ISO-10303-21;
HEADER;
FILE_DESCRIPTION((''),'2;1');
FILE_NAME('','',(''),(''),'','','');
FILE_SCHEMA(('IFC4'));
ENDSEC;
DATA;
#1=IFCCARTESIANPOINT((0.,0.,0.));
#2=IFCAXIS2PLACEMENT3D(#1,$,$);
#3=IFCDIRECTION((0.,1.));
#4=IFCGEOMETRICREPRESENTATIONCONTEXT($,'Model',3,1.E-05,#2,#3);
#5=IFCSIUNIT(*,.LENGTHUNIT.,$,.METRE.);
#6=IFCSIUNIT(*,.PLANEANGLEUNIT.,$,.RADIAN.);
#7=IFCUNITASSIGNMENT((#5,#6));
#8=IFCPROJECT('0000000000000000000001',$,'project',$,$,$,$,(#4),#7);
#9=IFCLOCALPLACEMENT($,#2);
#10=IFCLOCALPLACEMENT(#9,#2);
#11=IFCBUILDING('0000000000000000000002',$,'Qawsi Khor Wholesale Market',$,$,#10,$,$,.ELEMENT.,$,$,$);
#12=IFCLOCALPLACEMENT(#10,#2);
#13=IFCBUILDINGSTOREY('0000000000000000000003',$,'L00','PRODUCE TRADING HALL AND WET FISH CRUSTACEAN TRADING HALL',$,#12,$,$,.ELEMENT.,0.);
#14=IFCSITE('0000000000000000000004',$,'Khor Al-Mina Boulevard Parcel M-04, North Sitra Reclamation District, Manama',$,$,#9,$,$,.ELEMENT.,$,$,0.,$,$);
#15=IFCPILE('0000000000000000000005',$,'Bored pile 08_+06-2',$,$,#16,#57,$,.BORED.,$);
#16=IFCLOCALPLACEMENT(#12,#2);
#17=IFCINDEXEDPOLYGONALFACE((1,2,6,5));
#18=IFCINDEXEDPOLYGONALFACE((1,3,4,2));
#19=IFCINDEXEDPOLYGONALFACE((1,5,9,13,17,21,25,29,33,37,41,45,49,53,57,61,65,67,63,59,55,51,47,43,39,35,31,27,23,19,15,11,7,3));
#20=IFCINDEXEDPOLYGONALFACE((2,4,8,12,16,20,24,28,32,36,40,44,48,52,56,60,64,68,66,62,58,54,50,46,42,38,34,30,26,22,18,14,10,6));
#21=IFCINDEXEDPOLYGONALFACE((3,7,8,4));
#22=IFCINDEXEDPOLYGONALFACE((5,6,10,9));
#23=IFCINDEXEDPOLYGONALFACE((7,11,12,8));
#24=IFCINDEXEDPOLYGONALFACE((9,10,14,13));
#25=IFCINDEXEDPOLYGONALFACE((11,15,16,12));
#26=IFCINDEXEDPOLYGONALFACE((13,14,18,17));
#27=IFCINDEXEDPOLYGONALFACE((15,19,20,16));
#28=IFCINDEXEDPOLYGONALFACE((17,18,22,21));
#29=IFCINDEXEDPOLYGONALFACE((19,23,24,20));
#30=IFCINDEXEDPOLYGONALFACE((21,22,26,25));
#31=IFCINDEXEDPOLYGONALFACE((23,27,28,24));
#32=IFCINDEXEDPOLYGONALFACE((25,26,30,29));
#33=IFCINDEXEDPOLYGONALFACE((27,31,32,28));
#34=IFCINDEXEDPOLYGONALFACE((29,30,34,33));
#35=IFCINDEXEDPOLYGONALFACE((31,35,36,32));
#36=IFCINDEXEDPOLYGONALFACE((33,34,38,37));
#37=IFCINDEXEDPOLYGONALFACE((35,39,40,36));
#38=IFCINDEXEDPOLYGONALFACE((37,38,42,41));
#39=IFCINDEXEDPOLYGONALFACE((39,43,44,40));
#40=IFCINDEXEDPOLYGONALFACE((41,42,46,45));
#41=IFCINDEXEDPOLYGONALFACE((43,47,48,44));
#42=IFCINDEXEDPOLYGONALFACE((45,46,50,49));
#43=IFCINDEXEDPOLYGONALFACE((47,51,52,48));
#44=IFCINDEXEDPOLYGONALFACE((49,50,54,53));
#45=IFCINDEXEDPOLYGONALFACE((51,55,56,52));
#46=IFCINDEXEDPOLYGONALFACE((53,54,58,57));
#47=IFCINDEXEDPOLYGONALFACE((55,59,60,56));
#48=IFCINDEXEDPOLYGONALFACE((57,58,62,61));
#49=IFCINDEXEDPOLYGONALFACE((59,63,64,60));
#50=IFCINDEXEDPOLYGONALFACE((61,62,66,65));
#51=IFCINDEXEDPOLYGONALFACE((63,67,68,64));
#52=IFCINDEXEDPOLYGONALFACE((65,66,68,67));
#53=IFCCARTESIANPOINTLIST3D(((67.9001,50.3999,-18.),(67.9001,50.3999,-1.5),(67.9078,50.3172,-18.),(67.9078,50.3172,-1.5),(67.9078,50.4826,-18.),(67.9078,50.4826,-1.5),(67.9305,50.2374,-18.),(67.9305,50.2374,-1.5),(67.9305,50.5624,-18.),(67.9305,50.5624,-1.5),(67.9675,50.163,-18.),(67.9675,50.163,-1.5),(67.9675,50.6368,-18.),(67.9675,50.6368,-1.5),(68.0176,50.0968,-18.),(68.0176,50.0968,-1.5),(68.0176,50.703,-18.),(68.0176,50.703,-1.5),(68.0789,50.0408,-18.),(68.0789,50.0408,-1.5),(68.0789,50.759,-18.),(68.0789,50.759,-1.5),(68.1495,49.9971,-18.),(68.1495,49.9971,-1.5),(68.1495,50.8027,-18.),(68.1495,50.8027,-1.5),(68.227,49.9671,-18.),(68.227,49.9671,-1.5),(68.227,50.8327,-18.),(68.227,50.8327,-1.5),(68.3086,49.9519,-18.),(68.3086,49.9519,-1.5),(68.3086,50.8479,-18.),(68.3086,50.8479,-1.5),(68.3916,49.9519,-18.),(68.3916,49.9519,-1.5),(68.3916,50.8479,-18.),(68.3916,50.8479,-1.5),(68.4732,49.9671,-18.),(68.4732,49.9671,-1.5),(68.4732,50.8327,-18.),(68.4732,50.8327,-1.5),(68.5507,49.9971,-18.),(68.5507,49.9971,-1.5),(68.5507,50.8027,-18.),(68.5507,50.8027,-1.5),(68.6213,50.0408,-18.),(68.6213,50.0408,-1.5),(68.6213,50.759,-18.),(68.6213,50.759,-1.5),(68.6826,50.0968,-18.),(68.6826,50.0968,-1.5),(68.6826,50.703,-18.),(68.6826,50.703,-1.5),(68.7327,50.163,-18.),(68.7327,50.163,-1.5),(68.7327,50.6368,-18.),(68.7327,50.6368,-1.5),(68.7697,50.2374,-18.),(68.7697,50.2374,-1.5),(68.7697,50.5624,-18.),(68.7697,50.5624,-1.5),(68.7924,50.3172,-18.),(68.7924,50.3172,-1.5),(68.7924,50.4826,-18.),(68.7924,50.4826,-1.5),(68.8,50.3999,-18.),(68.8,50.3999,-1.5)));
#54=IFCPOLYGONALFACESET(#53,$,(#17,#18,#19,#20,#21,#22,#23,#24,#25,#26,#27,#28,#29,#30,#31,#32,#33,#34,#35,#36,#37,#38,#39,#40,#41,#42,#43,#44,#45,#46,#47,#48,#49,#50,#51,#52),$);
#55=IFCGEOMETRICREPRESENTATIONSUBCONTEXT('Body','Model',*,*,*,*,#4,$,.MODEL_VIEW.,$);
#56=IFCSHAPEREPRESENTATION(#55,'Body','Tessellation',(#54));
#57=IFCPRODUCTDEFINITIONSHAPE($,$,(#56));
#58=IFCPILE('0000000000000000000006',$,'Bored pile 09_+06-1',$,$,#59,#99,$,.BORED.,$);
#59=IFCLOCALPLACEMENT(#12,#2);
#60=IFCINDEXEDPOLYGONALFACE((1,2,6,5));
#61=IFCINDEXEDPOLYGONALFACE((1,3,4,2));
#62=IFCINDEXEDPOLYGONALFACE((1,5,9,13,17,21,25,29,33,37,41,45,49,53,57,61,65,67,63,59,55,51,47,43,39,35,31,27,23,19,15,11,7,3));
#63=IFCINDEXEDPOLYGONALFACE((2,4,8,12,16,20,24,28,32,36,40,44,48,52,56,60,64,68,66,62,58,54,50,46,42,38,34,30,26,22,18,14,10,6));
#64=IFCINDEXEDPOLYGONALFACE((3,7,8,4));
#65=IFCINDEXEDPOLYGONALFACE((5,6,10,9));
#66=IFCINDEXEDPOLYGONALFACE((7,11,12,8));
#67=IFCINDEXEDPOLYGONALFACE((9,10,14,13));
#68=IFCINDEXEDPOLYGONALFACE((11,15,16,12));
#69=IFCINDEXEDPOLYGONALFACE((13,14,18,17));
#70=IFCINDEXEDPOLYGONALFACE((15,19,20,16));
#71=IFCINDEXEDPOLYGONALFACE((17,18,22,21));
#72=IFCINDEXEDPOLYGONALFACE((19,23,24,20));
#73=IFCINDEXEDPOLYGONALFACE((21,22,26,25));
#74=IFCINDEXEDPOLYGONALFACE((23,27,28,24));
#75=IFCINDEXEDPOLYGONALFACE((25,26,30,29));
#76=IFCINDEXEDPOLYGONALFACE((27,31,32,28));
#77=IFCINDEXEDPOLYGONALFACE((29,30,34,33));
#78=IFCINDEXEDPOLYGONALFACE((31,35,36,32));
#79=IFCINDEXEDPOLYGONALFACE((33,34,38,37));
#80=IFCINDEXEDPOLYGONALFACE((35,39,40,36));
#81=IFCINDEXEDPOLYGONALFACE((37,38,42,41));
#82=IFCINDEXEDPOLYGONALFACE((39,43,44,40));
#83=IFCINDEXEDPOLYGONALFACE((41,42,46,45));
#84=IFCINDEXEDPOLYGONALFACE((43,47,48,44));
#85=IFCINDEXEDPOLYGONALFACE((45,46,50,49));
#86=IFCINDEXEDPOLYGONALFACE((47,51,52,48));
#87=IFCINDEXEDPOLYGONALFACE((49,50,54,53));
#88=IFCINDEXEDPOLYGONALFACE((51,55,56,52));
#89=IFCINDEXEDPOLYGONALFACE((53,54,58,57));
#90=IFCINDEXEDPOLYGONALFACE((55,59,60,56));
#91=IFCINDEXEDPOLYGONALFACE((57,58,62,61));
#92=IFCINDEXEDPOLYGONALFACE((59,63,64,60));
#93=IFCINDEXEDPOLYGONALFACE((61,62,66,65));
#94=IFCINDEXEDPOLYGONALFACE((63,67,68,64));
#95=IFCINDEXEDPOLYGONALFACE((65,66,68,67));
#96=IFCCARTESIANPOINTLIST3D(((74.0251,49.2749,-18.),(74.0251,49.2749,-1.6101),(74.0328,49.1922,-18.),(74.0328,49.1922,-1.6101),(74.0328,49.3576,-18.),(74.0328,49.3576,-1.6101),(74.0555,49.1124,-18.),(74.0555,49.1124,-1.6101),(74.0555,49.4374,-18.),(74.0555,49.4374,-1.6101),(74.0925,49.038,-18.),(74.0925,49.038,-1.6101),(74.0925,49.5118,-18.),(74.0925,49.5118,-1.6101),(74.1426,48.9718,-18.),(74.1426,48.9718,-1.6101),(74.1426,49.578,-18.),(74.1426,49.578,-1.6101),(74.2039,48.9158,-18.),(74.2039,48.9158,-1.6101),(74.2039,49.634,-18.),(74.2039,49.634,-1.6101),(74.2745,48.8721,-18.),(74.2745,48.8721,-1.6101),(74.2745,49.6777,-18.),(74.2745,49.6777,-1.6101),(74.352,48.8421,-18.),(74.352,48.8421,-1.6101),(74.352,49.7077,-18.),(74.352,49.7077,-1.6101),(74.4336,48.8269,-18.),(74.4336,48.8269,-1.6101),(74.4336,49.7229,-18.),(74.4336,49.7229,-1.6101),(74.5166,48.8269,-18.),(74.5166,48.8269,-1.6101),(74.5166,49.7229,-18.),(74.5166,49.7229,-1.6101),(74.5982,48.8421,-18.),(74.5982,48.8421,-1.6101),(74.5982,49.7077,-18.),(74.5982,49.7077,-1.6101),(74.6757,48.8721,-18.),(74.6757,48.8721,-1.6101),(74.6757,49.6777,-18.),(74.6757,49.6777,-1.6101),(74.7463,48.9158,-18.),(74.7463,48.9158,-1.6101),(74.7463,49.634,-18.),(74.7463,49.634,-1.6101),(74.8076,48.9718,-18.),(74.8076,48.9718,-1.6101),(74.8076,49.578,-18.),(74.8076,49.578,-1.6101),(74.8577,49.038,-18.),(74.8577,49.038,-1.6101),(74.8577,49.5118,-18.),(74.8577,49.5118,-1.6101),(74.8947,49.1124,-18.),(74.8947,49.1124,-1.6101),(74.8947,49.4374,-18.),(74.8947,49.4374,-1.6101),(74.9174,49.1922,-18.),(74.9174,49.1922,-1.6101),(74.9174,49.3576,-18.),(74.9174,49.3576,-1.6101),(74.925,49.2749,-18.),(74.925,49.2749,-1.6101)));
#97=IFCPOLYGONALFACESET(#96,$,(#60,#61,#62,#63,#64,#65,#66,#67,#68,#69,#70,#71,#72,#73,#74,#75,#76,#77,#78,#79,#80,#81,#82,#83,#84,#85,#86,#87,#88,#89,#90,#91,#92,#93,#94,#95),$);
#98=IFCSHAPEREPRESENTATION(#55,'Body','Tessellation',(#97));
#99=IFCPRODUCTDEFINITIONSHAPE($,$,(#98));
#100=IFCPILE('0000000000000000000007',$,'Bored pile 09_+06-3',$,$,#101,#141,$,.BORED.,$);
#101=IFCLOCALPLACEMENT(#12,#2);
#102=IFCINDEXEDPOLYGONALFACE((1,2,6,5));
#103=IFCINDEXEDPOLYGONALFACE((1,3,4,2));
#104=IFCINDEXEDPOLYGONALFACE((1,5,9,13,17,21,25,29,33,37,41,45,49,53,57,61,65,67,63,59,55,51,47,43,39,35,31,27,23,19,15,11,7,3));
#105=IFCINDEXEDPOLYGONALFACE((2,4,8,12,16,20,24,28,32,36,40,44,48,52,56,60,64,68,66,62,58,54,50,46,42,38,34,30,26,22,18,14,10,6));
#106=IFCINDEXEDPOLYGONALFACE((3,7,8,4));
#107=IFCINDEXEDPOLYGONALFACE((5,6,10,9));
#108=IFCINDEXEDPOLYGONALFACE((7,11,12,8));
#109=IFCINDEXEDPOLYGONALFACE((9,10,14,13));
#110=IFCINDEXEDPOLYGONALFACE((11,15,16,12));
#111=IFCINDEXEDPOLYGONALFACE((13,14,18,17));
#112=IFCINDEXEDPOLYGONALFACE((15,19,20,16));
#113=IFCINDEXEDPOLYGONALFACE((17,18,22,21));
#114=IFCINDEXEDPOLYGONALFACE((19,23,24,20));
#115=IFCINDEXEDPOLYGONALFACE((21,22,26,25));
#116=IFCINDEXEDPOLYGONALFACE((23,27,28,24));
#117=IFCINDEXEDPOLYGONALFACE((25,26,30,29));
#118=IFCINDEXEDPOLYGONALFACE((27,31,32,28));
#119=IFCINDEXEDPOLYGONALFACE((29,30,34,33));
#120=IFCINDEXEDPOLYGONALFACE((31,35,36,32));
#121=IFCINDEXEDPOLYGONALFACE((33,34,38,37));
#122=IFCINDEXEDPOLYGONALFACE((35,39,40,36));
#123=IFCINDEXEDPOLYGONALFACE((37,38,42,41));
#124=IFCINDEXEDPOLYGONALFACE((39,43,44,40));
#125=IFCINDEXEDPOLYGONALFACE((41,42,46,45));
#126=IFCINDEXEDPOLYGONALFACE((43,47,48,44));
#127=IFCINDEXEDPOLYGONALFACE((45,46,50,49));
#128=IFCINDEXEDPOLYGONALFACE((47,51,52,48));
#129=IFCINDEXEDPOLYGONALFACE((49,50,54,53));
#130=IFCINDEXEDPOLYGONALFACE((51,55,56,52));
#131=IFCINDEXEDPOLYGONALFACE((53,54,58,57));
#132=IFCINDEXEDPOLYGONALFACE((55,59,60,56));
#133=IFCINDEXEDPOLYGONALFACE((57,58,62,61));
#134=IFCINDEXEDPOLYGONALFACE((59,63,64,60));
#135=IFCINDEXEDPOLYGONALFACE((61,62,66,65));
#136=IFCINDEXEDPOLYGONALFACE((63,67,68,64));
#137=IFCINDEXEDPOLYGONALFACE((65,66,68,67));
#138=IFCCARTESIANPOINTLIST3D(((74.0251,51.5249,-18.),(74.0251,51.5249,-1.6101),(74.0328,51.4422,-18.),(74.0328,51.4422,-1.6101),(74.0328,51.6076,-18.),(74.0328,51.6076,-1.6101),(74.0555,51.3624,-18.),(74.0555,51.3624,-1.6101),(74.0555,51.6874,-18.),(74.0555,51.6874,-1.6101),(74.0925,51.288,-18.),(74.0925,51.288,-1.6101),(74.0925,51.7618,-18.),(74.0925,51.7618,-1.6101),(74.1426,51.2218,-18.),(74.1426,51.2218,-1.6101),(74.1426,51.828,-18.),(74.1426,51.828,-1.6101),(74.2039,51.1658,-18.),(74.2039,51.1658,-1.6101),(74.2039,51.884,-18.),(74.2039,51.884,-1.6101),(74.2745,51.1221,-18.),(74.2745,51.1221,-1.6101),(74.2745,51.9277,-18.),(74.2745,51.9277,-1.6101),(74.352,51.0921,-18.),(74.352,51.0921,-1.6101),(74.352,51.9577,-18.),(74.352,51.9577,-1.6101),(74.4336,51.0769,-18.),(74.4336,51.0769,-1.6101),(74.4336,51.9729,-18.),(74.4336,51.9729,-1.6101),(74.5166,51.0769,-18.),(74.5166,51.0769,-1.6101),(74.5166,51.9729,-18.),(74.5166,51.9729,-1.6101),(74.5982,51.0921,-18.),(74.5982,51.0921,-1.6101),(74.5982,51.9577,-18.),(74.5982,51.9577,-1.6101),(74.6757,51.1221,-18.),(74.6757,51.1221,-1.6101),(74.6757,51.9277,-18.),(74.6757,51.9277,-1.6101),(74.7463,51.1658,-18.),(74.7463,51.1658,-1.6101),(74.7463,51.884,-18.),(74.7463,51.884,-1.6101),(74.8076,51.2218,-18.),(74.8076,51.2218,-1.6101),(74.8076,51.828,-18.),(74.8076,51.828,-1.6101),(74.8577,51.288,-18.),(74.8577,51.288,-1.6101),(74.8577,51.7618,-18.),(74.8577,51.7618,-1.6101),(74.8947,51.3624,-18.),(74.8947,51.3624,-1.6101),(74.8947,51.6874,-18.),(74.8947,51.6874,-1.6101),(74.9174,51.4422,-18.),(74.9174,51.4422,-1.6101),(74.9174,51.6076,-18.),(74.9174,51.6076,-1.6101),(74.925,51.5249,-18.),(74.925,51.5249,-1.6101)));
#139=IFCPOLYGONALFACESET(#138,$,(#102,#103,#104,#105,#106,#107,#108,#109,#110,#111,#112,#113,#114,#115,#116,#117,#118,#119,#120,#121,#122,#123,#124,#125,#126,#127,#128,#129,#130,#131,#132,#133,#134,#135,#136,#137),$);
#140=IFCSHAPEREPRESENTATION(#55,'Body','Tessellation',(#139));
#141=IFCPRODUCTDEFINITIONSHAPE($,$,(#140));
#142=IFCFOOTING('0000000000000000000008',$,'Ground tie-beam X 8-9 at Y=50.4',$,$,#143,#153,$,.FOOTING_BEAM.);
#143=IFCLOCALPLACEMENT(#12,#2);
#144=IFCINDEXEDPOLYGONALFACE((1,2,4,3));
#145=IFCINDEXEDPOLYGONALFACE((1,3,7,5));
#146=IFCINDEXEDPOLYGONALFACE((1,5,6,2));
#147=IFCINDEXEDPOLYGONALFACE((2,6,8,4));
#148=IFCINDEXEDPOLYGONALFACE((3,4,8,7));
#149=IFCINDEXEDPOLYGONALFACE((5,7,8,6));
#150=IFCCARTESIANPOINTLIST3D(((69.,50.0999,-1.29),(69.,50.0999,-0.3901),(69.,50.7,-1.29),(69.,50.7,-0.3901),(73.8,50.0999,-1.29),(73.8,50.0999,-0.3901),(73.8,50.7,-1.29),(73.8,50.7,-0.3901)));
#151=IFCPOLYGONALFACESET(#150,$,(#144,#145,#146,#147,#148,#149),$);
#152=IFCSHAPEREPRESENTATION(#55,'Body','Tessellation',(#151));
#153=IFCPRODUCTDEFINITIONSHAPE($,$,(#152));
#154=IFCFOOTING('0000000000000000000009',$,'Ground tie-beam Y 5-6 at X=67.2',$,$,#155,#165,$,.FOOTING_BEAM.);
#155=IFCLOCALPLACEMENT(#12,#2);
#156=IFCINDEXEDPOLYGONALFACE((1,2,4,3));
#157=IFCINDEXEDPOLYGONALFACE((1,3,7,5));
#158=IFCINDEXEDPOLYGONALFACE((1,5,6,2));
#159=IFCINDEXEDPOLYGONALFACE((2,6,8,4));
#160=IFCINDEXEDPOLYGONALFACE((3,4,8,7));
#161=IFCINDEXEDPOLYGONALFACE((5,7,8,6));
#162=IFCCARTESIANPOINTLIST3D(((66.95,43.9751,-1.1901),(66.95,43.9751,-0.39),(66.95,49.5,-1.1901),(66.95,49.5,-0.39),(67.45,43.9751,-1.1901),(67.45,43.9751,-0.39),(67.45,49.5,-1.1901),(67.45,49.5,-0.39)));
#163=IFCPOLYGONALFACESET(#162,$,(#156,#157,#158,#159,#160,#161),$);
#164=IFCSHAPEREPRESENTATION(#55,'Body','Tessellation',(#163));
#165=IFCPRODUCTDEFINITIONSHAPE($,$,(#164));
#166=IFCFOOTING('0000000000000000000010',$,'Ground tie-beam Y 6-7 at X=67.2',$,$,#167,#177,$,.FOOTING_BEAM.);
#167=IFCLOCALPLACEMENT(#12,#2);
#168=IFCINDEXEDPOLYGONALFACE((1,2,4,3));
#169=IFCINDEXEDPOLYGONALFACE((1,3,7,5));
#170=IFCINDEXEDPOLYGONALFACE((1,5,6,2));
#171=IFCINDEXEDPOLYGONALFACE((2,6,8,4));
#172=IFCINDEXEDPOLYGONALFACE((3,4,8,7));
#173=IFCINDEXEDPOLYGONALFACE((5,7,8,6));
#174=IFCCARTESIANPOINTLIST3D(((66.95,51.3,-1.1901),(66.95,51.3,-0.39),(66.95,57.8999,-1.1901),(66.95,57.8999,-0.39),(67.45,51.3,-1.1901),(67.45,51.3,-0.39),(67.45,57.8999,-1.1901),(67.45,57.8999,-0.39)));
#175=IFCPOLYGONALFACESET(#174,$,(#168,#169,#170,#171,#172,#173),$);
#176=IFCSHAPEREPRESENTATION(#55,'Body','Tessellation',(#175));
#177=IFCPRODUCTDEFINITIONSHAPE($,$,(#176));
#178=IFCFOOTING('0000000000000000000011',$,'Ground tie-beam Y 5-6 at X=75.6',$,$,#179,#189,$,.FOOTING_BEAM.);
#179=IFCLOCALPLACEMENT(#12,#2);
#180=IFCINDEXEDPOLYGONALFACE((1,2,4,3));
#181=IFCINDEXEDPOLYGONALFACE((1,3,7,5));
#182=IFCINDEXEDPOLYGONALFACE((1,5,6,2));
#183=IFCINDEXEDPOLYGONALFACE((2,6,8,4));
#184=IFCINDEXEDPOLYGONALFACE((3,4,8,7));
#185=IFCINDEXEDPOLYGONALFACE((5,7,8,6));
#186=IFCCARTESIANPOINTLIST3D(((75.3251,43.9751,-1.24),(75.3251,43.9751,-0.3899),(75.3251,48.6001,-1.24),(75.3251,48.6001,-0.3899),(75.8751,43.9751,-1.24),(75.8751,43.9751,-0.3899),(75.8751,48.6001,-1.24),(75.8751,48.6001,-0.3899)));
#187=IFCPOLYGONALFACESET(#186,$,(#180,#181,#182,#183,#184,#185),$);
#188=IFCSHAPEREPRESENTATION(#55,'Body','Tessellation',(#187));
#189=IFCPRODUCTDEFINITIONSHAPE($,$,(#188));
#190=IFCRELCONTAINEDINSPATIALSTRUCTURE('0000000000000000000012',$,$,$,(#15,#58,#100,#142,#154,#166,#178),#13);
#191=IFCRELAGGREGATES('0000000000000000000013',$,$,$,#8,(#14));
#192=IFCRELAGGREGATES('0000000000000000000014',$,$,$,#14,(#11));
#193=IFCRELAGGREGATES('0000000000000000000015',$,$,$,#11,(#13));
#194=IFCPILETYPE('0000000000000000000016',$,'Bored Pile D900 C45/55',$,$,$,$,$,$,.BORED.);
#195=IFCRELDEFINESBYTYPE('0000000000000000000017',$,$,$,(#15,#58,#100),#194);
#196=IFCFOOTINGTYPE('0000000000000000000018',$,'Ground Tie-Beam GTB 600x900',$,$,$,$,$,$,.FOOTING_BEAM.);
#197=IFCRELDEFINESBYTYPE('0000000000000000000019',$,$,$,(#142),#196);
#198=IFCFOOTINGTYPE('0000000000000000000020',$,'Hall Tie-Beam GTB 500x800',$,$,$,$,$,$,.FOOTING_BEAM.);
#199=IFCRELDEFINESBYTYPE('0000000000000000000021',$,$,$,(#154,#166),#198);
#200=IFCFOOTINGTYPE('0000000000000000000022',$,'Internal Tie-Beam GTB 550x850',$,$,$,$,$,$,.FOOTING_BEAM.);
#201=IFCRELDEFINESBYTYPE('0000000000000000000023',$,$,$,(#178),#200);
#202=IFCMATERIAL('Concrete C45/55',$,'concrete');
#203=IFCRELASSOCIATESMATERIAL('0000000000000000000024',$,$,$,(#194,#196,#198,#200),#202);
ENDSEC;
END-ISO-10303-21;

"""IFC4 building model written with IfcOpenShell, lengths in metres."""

from ifc_helpers import new_model, si_unit, direction, frame, origin, origin_2d, place, context, subcontext, project, spatial, rectangle, circle, extrude, material, material_profile, profile_set, type_object, element, save


model = new_model("IFC4")

# Units and contexts
model_context = context("Model", 3, precision=1e-05, world=origin(), true_north=direction((0.0, 1.0)))
body_context = subcontext(model_context, "Body", "Model", "MODEL_VIEW")
ifc_project = project(units=[si_unit("LENGTHUNIT", "METRE"), si_unit("PLANEANGLEUNIT", "RADIAN")], contexts=[model_context])

# Site, building, storey
site_placement = place(None, origin())
site = spatial("IfcSite", under=ifc_project, at=site_placement, Name="Khor Al-Mina Boulevard Parcel M-04, North Sitra Reclamation District, Manama", CompositionType="ELEMENT", RefElevation=0.0)
building_placement = place(site_placement, origin())
building = spatial("IfcBuilding", under=site, at=building_placement, Name="Qawsi Khor Wholesale Market", CompositionType="ELEMENT")
storey_placement = place(building_placement, origin())
storey = spatial("IfcBuildingStorey", under=building, at=storey_placement, Name="L00", Description="PRODUCE TRADING HALL AND WET FISH CRUSTACEAN TRADING HALL", CompositionType="ELEMENT", Elevation=0.0)

# Piles
ifc_material_1 = material(Name="Concrete C45/55", Category="concrete")
ifc_material_profile_1 = material_profile(ifc_material_1, circle(Radius=0.45, at=origin_2d()), Name="PILE D900")
ifc_profile_set_1 = profile_set([ifc_material_profile_1], Name="Concrete C45/55")
pile_type = type_object("IfcPileType", Name="Bored Pile D900 C45/55", PredefinedType="BORED", material=ifc_profile_set_1)
pile_placement = place(storey_placement, frame((68.3501, 50.3999, -1.5), z_axis=(0.0, 0.0, -1.0), x_axis=(1.0, 0.0, 0.0)))
element("IfcPile", 1, at=pile_placement, inside=storey, type_object=pile_type, Name="Bored pile 08_+06-2", PredefinedType="BORED", context=body_context, shape_type="SweptSolid", body=[
    extrude(circle(Radius=0.45, at=origin_2d()), origin(), (0.0, 0.0, 1.0), 16.5),
])
for number, where, z_axis, x_axis, name in (
    (2, (74.4751, 49.2749, -1.6101), (0.0, 0.0, -1.0), (1.0, 0.0, 0.0), "Bored pile 09_+06-1"),
    (3, (74.4751, 51.5249, -1.6101), (0.0, 0.0, -1.0), (1.0, 0.0, 0.0), "Bored pile 09_+06-3"),
):
    element("IfcPile", number, at=place(storey_placement, frame(where, z_axis=z_axis, x_axis=x_axis)), inside=storey, type_object=pile_type, Name=name, PredefinedType="BORED", context=body_context, shape_type="SweptSolid", body=[
        extrude(circle(Radius=0.45, at=origin_2d()), origin(), (0.0, 0.0, 1.0), 16.3899),
    ])

# Footings
ifc_material_profile_2 = material_profile(ifc_material_1, rectangle(XDim=0.6001, YDim=0.8999, at=origin_2d()), Name="RC 600x900")
ifc_profile_set_2 = profile_set([ifc_material_profile_2], Name="Concrete C45/55")
footing_type_1 = type_object("IfcFootingType", Name="Ground Tie-Beam GTB 600x900", PredefinedType="FOOTING_BEAM", material=ifc_profile_set_2)
footing_1_placement = place(storey_placement, frame((69.0, 50.3999, -0.8401), z_axis=(1.0, 0.0, 0.0), x_axis=(0.0, 1.0, 0.0)))
element("IfcFooting", 4, at=footing_1_placement, inside=storey, type_object=footing_type_1, Name="Ground tie-beam X 8-9 at Y=50.4", PredefinedType="FOOTING_BEAM", context=body_context, shape_type="SweptSolid", body=[
    extrude(rectangle(XDim=0.6001, YDim=0.8999, at=origin_2d()), origin(), (0.0, 0.0, 1.0), 4.8),
])
ifc_material_profile_3 = material_profile(ifc_material_1, rectangle(XDim=0.5, YDim=0.8, at=origin_2d()), Name="RC 500x800")
ifc_profile_set_3 = profile_set([ifc_material_profile_3], Name="Concrete C45/55")
footing_type_2 = type_object("IfcFootingType", Name="Hall Tie-Beam GTB 500x800", PredefinedType="FOOTING_BEAM", material=ifc_profile_set_3)
footing_2_placement = place(storey_placement, frame((67.2, 43.9751, -0.79), z_axis=(0.0, 1.0, 0.0), x_axis=(-1.0, 0.0, 0.0)))
element("IfcFooting", 5, at=footing_2_placement, inside=storey, type_object=footing_type_2, Name="Ground tie-beam Y 5-6 at X=67.2", PredefinedType="FOOTING_BEAM", context=body_context, shape_type="SweptSolid", body=[
    extrude(rectangle(XDim=0.5, YDim=0.8, at=origin_2d()), origin(), (0.0, 0.0, 1.0), 5.5249),
])
footing_3_placement = place(storey_placement, frame((67.2, 51.3, -0.79), z_axis=(0.0, 1.0, 0.0), x_axis=(-1.0, 0.0, 0.0)))
element("IfcFooting", 6, at=footing_3_placement, inside=storey, type_object=footing_type_2, Name="Ground tie-beam Y 6-7 at X=67.2", PredefinedType="FOOTING_BEAM", context=body_context, shape_type="SweptSolid", body=[
    extrude(rectangle(XDim=0.5, YDim=0.8, at=origin_2d()), origin(), (0.0, 0.0, 1.0), 6.5999),
])
ifc_material_profile_4 = material_profile(ifc_material_1, rectangle(XDim=0.55, YDim=0.8501, at=origin_2d()), Name="RC 550x850")
ifc_profile_set_4 = profile_set([ifc_material_profile_4], Name="Concrete C45/55")
footing_type_3 = type_object("IfcFootingType", Name="Internal Tie-Beam GTB 550x850", PredefinedType="FOOTING_BEAM", material=ifc_profile_set_4)
footing_4_placement = place(storey_placement, frame((75.6001, 43.9751, -0.8149), z_axis=(0.0, 1.0, 0.0), x_axis=(-1.0, 0.0, 0.0)))
element("IfcFooting", 7, at=footing_4_placement, inside=storey, type_object=footing_type_3, Name="Ground tie-beam Y 5-6 at X=75.6", PredefinedType="FOOTING_BEAM", context=body_context, shape_type="SweptSolid", body=[
    extrude(rectangle(XDim=0.55, YDim=0.8501, at=origin_2d()), origin(), (0.0, 0.0, 1.0), 4.625),
])

save(model, "model.ifc")
